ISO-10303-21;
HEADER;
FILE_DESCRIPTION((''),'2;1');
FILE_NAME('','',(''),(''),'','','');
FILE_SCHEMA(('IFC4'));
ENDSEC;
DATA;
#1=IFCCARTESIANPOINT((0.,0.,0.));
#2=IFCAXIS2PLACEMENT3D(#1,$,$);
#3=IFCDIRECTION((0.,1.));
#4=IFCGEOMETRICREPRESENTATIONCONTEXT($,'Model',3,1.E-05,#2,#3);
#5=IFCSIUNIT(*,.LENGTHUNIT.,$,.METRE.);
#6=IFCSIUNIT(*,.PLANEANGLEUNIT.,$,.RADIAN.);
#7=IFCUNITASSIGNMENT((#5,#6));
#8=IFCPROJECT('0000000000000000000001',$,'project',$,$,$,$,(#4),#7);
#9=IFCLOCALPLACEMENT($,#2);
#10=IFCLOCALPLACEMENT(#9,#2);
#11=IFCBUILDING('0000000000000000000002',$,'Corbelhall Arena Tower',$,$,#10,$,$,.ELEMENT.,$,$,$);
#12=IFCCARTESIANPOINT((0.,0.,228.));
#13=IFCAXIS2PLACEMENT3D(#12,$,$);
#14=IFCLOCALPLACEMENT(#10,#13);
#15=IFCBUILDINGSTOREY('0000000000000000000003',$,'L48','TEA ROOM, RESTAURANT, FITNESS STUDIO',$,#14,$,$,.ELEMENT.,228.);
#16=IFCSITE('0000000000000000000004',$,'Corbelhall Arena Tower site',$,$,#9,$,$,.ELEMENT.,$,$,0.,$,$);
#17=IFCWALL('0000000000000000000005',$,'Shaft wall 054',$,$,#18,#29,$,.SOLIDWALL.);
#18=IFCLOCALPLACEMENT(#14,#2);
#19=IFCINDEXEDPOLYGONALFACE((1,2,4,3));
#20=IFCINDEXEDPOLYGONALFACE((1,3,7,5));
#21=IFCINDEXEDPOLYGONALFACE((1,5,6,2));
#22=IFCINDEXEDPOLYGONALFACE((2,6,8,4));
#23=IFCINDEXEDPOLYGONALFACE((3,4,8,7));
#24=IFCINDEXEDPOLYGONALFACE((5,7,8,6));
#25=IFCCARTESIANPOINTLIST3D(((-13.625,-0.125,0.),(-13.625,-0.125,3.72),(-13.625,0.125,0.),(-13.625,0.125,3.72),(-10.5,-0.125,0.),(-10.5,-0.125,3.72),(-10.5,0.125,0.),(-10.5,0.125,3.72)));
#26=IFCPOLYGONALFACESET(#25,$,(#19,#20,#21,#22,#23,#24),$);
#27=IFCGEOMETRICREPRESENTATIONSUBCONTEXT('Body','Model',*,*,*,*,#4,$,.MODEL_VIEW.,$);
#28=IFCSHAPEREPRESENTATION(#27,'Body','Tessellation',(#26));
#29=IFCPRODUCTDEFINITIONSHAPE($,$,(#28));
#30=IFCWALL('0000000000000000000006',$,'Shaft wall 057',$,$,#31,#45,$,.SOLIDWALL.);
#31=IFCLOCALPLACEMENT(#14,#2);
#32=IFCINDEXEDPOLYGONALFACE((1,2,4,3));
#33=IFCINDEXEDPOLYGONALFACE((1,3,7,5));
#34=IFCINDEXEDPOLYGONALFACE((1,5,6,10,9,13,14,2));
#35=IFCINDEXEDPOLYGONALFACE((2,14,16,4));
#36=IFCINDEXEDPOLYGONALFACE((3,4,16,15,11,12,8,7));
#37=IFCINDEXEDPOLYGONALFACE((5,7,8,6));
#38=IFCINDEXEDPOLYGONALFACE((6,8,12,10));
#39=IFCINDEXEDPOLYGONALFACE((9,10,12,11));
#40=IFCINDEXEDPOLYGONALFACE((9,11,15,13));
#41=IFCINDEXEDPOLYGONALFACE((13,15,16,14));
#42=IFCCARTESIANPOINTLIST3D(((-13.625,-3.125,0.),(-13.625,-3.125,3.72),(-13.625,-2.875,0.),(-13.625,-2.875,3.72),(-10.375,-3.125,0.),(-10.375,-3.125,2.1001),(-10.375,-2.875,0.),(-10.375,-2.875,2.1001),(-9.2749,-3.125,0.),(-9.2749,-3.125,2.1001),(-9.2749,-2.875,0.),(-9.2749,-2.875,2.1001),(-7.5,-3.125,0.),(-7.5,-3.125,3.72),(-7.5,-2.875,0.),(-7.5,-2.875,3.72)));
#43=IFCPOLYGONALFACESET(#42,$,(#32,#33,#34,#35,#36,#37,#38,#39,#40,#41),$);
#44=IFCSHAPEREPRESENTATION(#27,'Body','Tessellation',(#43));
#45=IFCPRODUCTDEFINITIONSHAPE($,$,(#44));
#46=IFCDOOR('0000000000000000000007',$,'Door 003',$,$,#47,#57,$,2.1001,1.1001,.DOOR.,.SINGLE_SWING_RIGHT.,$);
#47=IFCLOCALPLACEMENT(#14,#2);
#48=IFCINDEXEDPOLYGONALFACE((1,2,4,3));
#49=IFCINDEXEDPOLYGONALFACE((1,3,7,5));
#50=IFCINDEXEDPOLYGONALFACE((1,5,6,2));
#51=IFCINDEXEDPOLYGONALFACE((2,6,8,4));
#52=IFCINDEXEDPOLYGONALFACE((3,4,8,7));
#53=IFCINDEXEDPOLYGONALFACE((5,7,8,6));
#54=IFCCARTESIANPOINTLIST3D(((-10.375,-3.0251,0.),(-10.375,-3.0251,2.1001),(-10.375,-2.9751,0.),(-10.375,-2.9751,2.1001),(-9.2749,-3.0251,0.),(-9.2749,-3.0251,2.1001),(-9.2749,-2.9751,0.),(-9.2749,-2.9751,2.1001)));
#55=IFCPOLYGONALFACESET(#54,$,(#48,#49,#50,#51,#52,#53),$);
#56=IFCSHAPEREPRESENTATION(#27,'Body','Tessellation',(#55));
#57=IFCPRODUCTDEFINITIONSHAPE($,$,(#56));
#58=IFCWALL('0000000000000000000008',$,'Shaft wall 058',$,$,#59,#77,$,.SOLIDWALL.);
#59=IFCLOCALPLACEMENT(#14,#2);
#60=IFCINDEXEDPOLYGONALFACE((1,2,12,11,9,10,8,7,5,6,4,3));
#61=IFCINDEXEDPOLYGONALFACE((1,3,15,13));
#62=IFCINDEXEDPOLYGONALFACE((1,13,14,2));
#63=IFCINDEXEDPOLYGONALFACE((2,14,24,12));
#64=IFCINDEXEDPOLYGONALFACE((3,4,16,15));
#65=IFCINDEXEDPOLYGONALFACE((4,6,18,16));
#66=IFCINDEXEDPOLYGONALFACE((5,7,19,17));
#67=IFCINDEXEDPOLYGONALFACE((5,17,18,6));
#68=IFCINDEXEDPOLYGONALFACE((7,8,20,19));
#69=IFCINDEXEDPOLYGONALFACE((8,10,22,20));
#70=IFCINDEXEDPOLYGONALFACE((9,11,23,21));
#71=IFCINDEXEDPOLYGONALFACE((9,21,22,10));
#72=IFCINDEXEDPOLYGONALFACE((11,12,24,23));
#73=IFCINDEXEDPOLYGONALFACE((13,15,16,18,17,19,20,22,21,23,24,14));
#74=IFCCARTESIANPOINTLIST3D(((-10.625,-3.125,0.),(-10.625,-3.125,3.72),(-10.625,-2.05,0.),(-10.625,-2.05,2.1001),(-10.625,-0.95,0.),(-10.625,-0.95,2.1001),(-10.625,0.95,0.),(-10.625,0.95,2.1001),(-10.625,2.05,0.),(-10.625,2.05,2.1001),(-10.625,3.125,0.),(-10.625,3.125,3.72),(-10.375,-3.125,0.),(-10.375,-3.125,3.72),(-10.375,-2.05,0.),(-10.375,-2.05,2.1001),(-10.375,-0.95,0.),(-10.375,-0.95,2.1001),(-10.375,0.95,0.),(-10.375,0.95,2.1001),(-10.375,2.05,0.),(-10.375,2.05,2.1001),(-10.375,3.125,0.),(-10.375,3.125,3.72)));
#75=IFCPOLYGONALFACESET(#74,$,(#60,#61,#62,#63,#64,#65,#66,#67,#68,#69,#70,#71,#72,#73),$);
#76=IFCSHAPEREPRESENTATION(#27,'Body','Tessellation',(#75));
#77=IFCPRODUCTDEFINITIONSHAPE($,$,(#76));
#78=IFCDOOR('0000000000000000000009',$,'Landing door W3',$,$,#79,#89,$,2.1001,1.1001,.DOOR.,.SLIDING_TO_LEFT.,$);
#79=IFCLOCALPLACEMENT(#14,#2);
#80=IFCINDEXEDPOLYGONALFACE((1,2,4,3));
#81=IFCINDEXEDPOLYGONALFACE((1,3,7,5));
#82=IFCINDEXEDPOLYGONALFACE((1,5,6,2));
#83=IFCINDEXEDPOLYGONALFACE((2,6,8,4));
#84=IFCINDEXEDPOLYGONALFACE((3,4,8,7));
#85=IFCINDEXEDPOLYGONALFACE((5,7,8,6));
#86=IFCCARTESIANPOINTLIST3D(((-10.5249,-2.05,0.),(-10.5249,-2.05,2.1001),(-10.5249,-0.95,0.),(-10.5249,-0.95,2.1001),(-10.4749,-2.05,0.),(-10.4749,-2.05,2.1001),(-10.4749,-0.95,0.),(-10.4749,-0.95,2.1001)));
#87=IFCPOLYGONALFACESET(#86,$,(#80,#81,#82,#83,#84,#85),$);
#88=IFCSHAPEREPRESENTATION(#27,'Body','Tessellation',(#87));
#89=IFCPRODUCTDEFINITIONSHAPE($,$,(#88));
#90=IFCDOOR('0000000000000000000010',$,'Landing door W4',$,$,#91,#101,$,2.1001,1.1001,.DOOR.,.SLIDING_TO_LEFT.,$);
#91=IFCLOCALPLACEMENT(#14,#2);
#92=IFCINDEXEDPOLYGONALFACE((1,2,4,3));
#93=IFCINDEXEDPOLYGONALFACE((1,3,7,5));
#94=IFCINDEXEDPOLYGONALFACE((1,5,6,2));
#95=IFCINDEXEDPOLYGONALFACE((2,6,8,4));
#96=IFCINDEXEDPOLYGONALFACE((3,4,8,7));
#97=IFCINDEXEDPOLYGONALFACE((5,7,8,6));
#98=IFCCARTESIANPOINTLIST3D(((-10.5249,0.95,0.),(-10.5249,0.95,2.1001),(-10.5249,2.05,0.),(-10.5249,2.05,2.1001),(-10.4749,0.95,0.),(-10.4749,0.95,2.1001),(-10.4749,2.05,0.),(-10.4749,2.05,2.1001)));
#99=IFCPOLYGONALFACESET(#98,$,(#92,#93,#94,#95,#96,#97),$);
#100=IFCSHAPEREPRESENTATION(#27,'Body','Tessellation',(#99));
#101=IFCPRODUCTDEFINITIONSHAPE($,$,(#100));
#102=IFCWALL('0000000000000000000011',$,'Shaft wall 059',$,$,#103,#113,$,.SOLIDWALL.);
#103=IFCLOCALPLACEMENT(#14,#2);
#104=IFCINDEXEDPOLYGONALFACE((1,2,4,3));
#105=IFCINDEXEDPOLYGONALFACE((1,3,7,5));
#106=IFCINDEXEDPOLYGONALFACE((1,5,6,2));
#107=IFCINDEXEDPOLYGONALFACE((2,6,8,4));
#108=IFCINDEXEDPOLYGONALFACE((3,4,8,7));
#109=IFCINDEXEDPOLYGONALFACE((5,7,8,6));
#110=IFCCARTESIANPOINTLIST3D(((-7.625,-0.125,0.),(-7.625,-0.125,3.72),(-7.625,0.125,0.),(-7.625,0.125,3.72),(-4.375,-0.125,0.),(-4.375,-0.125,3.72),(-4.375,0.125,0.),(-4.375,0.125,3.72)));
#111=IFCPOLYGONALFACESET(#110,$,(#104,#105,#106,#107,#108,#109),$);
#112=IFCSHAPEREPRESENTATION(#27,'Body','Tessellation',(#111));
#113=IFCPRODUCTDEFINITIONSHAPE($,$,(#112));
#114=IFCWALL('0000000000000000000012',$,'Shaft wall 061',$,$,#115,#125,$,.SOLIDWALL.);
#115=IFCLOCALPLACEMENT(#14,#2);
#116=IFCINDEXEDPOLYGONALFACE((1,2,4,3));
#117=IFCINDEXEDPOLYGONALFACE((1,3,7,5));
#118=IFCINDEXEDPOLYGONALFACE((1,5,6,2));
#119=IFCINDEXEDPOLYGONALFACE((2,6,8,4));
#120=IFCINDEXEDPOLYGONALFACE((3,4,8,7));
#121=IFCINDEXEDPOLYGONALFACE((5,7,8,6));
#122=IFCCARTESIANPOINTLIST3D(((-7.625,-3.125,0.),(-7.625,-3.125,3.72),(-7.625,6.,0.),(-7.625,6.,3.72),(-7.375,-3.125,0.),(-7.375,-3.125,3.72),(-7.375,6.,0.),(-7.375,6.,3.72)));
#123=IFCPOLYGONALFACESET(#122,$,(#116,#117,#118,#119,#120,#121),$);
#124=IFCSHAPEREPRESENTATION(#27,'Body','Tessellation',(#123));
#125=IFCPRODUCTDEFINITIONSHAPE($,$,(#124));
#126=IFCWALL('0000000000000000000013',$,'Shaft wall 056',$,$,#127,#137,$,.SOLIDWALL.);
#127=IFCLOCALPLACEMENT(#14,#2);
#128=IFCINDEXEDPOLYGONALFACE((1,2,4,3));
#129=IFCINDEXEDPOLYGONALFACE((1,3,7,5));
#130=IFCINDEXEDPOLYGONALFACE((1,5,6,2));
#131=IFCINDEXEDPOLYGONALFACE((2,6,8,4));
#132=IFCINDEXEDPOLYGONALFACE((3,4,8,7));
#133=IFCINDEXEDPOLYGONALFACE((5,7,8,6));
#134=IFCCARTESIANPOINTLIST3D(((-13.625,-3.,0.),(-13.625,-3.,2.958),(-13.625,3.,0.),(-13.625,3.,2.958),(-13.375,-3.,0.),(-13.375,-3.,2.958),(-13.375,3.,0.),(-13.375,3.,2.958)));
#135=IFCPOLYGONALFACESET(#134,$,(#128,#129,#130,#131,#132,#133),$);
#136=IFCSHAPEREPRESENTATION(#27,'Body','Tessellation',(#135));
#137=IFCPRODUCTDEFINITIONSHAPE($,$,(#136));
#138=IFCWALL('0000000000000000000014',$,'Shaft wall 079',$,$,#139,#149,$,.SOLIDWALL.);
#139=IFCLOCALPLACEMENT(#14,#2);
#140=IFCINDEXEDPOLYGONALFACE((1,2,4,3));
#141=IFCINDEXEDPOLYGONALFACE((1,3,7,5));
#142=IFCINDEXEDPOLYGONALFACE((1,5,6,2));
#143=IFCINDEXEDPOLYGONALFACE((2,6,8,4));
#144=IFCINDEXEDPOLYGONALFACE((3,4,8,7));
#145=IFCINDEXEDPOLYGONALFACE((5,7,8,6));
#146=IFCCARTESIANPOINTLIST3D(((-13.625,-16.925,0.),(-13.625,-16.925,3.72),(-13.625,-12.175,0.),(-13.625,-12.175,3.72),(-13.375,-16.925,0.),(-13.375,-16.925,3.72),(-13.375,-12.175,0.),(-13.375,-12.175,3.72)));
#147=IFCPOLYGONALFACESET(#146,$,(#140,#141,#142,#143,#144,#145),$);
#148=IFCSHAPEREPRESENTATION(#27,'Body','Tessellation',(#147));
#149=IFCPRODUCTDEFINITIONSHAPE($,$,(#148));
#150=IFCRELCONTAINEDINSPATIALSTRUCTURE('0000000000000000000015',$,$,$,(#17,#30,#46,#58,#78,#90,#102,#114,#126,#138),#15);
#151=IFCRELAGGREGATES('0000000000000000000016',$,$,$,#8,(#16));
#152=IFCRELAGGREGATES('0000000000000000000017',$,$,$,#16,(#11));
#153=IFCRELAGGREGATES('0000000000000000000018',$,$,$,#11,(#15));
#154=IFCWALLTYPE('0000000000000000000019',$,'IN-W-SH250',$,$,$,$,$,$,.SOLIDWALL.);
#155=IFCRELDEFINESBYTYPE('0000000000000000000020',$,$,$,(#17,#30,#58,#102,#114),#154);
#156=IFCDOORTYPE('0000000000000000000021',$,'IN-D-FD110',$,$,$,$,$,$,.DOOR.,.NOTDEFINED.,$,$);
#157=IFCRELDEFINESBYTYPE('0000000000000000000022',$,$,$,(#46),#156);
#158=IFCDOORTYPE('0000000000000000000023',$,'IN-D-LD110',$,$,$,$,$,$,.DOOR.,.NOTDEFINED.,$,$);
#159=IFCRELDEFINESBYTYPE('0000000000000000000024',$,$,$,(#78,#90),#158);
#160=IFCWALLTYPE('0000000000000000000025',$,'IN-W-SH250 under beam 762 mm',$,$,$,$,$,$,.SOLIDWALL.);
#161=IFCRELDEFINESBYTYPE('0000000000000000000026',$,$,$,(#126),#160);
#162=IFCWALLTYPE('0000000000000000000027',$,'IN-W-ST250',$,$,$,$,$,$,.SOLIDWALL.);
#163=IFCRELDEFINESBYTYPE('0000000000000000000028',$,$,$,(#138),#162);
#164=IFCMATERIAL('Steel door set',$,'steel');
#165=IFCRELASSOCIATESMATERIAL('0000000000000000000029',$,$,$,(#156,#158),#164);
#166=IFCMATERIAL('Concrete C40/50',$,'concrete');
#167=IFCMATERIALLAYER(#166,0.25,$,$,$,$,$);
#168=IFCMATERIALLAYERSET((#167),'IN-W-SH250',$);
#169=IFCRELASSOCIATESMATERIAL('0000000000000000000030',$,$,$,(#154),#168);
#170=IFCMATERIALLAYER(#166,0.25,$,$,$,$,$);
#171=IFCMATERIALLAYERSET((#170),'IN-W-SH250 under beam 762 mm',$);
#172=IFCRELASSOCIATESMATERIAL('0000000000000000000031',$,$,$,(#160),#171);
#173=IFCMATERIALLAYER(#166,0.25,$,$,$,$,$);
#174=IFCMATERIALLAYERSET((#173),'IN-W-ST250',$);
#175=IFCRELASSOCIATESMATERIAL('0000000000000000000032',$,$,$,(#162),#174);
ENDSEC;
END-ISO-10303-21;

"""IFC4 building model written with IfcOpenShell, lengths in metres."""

from ifc_helpers import new_model, si_unit, direction, frame, frame_2d, origin, place, context, subcontext, project, spatial, rectangle, extrude, material, layer, layer_set, type_object, element, fill, save


model = new_model("IFC4")

# Units and contexts
model_context = context("Model", 3, precision=1e-05, world=origin(), true_north=direction((0.0, 1.0)))
body_context = subcontext(model_context, "Body", "Model", "MODEL_VIEW")
ifc_project = project(units=[si_unit("LENGTHUNIT", "METRE"), si_unit("PLANEANGLEUNIT", "RADIAN")], contexts=[model_context])

# Site, building, storey
site_placement = place(None, origin())
site = spatial("IfcSite", under=ifc_project, at=site_placement, Name="Corbelhall Arena Tower site", CompositionType="ELEMENT", RefElevation=0.0)
building_placement = place(site_placement, origin())
building = spatial("IfcBuilding", under=site, at=building_placement, Name="Corbelhall Arena Tower", CompositionType="ELEMENT")
storey_placement = place(building_placement, frame((0.0, 0.0, 228.0)))
storey = spatial("IfcBuildingStorey", under=building, at=storey_placement, Name="L48", Description="TEA ROOM, RESTAURANT, FITNESS STUDIO", CompositionType="ELEMENT", Elevation=228.0)

# Shared definitions
ifc_material_1 = material(Name="Steel door set", Category="steel")
door_type_1 = type_object("IfcDoorType", Name="IN-D-FD110", OperationType="NOTDEFINED", PredefinedType="DOOR", material=ifc_material_1)

# Wall
ifc_material_2 = material(Name="Concrete C40/50", Category="concrete")
ifc_layer_1 = layer(ifc_material_2, 0.25)
ifc_layer_set_1 = layer_set([ifc_layer_1], Name="IN-W-SH250")
wall_type_1 = type_object("IfcWallType", Name="IN-W-SH250", PredefinedType="SOLIDWALL", material=ifc_layer_set_1)
wall_1_placement = place(storey_placement, frame((-13.625, 0.0, 0.0), z_axis=(0.0, 0.0, 1.0), x_axis=(1.0, 0.0, 0.0)))
element("IfcWall", 1, at=wall_1_placement, inside=storey, type_object=wall_type_1, Name="Shaft wall 054", PredefinedType="SOLIDWALL", context=body_context, shape_type="SweptSolid", body=[
    extrude(rectangle(XDim=3.125, YDim=0.25, at=frame_2d((1.5625, 0.0))), origin(), (0.0, 0.0, 1.0), 3.72),
])

# Wall, opening, door
wall_2_placement = place(storey_placement, frame((-13.625, -3.0, 0.0), z_axis=(0.0, 0.0, 1.0), x_axis=(1.0, 0.0, 0.0)))
wall_2 = element("IfcWall", 2, at=wall_2_placement, inside=storey, type_object=wall_type_1, Name="Shaft wall 057", PredefinedType="SOLIDWALL", context=body_context, shape_type="SweptSolid", body=[
    extrude(rectangle(XDim=6.125, YDim=0.25, at=frame_2d((3.0625, 0.0))), origin(), (0.0, 0.0, 1.0), 3.72),
])
opening_1_placement = place(wall_2_placement, frame((3.25, 0.0, 0.0)))
opening_1 = element("IfcOpeningElement", 3, at=opening_1_placement, cuts=wall_2, PredefinedType="OPENING", context=body_context, shape_type="SweptSolid", body=[
    extrude(rectangle(XDim=1.1001, YDim=2.1001, at=frame_2d((0.55, 1.05))), frame((0.0, 0.125, 0.0), z_axis=(0.0, -1.0, 0.0), x_axis=(1.0, 0.0, 0.0)), (0.0, 0.0, 1.0), 0.25),
])
door_1_placement = place(opening_1_placement, origin())
door_1 = element("IfcDoor", 4, at=door_1_placement, inside=storey, type_object=door_type_1, Name="Door 003", OperationType="SINGLE_SWING_RIGHT", OverallHeight=2.1001, OverallWidth=1.1001, PredefinedType="DOOR", context=body_context, shape_type="SweptSolid", body=[
    extrude(rectangle(XDim=1.1001, YDim=2.1001, at=frame_2d((0.55, 1.05))), frame((0.0, 0.0249, 0.0), z_axis=(0.0, -1.0, 0.0), x_axis=(1.0, 0.0, 0.0)), (0.0, 0.0, 1.0), 0.05),
])
fill(opening_1, door_1)

# Wall, openings, doors
wall_3_placement = place(storey_placement, frame((-10.5, -3.125, 0.0), z_axis=(0.0, 0.0, 1.0), x_axis=(0.0, 1.0, 0.0)))
wall_3 = element("IfcWall", 5, at=wall_3_placement, inside=storey, type_object=wall_type_1, Name="Shaft wall 058", PredefinedType="SOLIDWALL", context=body_context, shape_type="SweptSolid", body=[
    extrude(rectangle(XDim=6.25, YDim=0.25, at=frame_2d((3.125, 0.0))), origin(), (0.0, 0.0, 1.0), 3.72),
])
opening_2_placement = place(wall_3_placement, frame((1.075, 0.0, 0.0)))
opening_2 = element("IfcOpeningElement", 6, at=opening_2_placement, cuts=wall_3, PredefinedType="OPENING", context=body_context, shape_type="SweptSolid", body=[
    extrude(rectangle(XDim=1.1001, YDim=2.1001, at=frame_2d((0.55, 1.05))), frame((0.0, 0.125, 0.0), z_axis=(0.0, -1.0, 0.0), x_axis=(1.0, 0.0, 0.0)), (0.0, 0.0, 1.0), 0.25),
])
opening_3_placement = place(wall_3_placement, frame((4.075, 0.0, 0.0)))
opening_3 = element("IfcOpeningElement", 7, at=opening_3_placement, cuts=wall_3, PredefinedType="OPENING", context=body_context, shape_type="SweptSolid", body=[
    extrude(rectangle(XDim=1.1001, YDim=2.1001, at=frame_2d((0.55, 1.05))), frame((0.0, 0.125, 0.0), z_axis=(0.0, -1.0, 0.0), x_axis=(1.0, 0.0, 0.0)), (0.0, 0.0, 1.0), 0.25),
])
door_type_2 = type_object("IfcDoorType", Name="IN-D-LD110", OperationType="NOTDEFINED", PredefinedType="DOOR", material=ifc_material_1)
door_2_placement = place(opening_2_placement, origin())
door_2 = element("IfcDoor", 8, at=door_2_placement, inside=storey, type_object=door_type_2, Name="Landing door W3", OperationType="SLIDING_TO_LEFT", OverallHeight=2.1001, OverallWidth=1.1001, PredefinedType="DOOR", context=body_context, shape_type="SweptSolid", body=[
    extrude(rectangle(XDim=1.1001, YDim=2.1001, at=frame_2d((0.55, 1.05))), frame((0.0, 0.0249, 0.0), z_axis=(0.0, -1.0, 0.0), x_axis=(1.0, 0.0, 0.0)), (0.0, 0.0, 1.0), 0.05),
])
fill(opening_2, door_2)
door_3_placement = place(opening_3_placement, origin())
door_3 = element("IfcDoor", 9, at=door_3_placement, inside=storey, type_object=door_type_2, Name="Landing door W4", OperationType="SLIDING_TO_LEFT", OverallHeight=2.1001, OverallWidth=1.1001, PredefinedType="DOOR", context=body_context, shape_type="SweptSolid", body=[
    extrude(rectangle(XDim=1.1001, YDim=2.1001, at=frame_2d((0.55, 1.05))), frame((0.0, 0.0249, 0.0), z_axis=(0.0, -1.0, 0.0), x_axis=(1.0, 0.0, 0.0)), (0.0, 0.0, 1.0), 0.05),
])
fill(opening_3, door_3)

# Walls
wall_4_placement = place(storey_placement, frame((-7.625, 0.0, 0.0), z_axis=(0.0, 0.0, 1.0), x_axis=(1.0, 0.0, 0.0)))
element("IfcWall", 10, at=wall_4_placement, inside=storey, type_object=wall_type_1, Name="Shaft wall 059", PredefinedType="SOLIDWALL", context=body_context, shape_type="SweptSolid", body=[
    extrude(rectangle(XDim=3.25, YDim=0.25, at=frame_2d((1.625, 0.0))), origin(), (0.0, 0.0, 1.0), 3.72),
])
wall_5_placement = place(storey_placement, frame((-7.5, -3.125, 0.0), z_axis=(0.0, 0.0, 1.0), x_axis=(0.0, 1.0, 0.0)))
element("IfcWall", 11, at=wall_5_placement, inside=storey, type_object=wall_type_1, Name="Shaft wall 061", PredefinedType="SOLIDWALL", context=body_context, shape_type="SweptSolid", body=[
    extrude(rectangle(XDim=9.125, YDim=0.25, at=frame_2d((4.5625, 0.0))), origin(), (0.0, 0.0, 1.0), 3.72),
])
ifc_layer_2 = layer(ifc_material_2, 0.25)
ifc_layer_set_2 = layer_set([ifc_layer_2], Name="IN-W-SH250 under beam 762 mm")
wall_type_2 = type_object("IfcWallType", Name="IN-W-SH250 under beam 762 mm", PredefinedType="SOLIDWALL", material=ifc_layer_set_2)
wall_6_placement = place(storey_placement, frame((-13.5, -3.0, 0.0), z_axis=(0.0, 0.0, 1.0), x_axis=(0.0, 1.0, 0.0)))
element("IfcWall", 12, at=wall_6_placement, inside=storey, type_object=wall_type_2, Name="Shaft wall 056", PredefinedType="SOLIDWALL", context=body_context, shape_type="SweptSolid", body=[
    extrude(rectangle(XDim=6.0, YDim=0.25, at=frame_2d((3.0, 0.0))), origin(), (0.0, 0.0, 1.0), 2.958),
])
ifc_layer_3 = layer(ifc_material_2, 0.25)
ifc_layer_set_3 = layer_set([ifc_layer_3], Name="IN-W-ST250")
wall_type_3 = type_object("IfcWallType", Name="IN-W-ST250", PredefinedType="SOLIDWALL", material=ifc_layer_set_3)
wall_7_placement = place(storey_placement, frame((-13.5, -12.175, 0.0), z_axis=(0.0, 0.0, 1.0), x_axis=(0.0, -1.0, 0.0)))
element("IfcWall", 13, at=wall_7_placement, inside=storey, type_object=wall_type_3, Name="Shaft wall 079", PredefinedType="SOLIDWALL", context=body_context, shape_type="SweptSolid", body=[
    extrude(rectangle(XDim=4.75, YDim=0.25, at=frame_2d((2.375, 0.0))), origin(), (0.0, 0.0, 1.0), 3.72),
])

save(model, "model.ifc")
